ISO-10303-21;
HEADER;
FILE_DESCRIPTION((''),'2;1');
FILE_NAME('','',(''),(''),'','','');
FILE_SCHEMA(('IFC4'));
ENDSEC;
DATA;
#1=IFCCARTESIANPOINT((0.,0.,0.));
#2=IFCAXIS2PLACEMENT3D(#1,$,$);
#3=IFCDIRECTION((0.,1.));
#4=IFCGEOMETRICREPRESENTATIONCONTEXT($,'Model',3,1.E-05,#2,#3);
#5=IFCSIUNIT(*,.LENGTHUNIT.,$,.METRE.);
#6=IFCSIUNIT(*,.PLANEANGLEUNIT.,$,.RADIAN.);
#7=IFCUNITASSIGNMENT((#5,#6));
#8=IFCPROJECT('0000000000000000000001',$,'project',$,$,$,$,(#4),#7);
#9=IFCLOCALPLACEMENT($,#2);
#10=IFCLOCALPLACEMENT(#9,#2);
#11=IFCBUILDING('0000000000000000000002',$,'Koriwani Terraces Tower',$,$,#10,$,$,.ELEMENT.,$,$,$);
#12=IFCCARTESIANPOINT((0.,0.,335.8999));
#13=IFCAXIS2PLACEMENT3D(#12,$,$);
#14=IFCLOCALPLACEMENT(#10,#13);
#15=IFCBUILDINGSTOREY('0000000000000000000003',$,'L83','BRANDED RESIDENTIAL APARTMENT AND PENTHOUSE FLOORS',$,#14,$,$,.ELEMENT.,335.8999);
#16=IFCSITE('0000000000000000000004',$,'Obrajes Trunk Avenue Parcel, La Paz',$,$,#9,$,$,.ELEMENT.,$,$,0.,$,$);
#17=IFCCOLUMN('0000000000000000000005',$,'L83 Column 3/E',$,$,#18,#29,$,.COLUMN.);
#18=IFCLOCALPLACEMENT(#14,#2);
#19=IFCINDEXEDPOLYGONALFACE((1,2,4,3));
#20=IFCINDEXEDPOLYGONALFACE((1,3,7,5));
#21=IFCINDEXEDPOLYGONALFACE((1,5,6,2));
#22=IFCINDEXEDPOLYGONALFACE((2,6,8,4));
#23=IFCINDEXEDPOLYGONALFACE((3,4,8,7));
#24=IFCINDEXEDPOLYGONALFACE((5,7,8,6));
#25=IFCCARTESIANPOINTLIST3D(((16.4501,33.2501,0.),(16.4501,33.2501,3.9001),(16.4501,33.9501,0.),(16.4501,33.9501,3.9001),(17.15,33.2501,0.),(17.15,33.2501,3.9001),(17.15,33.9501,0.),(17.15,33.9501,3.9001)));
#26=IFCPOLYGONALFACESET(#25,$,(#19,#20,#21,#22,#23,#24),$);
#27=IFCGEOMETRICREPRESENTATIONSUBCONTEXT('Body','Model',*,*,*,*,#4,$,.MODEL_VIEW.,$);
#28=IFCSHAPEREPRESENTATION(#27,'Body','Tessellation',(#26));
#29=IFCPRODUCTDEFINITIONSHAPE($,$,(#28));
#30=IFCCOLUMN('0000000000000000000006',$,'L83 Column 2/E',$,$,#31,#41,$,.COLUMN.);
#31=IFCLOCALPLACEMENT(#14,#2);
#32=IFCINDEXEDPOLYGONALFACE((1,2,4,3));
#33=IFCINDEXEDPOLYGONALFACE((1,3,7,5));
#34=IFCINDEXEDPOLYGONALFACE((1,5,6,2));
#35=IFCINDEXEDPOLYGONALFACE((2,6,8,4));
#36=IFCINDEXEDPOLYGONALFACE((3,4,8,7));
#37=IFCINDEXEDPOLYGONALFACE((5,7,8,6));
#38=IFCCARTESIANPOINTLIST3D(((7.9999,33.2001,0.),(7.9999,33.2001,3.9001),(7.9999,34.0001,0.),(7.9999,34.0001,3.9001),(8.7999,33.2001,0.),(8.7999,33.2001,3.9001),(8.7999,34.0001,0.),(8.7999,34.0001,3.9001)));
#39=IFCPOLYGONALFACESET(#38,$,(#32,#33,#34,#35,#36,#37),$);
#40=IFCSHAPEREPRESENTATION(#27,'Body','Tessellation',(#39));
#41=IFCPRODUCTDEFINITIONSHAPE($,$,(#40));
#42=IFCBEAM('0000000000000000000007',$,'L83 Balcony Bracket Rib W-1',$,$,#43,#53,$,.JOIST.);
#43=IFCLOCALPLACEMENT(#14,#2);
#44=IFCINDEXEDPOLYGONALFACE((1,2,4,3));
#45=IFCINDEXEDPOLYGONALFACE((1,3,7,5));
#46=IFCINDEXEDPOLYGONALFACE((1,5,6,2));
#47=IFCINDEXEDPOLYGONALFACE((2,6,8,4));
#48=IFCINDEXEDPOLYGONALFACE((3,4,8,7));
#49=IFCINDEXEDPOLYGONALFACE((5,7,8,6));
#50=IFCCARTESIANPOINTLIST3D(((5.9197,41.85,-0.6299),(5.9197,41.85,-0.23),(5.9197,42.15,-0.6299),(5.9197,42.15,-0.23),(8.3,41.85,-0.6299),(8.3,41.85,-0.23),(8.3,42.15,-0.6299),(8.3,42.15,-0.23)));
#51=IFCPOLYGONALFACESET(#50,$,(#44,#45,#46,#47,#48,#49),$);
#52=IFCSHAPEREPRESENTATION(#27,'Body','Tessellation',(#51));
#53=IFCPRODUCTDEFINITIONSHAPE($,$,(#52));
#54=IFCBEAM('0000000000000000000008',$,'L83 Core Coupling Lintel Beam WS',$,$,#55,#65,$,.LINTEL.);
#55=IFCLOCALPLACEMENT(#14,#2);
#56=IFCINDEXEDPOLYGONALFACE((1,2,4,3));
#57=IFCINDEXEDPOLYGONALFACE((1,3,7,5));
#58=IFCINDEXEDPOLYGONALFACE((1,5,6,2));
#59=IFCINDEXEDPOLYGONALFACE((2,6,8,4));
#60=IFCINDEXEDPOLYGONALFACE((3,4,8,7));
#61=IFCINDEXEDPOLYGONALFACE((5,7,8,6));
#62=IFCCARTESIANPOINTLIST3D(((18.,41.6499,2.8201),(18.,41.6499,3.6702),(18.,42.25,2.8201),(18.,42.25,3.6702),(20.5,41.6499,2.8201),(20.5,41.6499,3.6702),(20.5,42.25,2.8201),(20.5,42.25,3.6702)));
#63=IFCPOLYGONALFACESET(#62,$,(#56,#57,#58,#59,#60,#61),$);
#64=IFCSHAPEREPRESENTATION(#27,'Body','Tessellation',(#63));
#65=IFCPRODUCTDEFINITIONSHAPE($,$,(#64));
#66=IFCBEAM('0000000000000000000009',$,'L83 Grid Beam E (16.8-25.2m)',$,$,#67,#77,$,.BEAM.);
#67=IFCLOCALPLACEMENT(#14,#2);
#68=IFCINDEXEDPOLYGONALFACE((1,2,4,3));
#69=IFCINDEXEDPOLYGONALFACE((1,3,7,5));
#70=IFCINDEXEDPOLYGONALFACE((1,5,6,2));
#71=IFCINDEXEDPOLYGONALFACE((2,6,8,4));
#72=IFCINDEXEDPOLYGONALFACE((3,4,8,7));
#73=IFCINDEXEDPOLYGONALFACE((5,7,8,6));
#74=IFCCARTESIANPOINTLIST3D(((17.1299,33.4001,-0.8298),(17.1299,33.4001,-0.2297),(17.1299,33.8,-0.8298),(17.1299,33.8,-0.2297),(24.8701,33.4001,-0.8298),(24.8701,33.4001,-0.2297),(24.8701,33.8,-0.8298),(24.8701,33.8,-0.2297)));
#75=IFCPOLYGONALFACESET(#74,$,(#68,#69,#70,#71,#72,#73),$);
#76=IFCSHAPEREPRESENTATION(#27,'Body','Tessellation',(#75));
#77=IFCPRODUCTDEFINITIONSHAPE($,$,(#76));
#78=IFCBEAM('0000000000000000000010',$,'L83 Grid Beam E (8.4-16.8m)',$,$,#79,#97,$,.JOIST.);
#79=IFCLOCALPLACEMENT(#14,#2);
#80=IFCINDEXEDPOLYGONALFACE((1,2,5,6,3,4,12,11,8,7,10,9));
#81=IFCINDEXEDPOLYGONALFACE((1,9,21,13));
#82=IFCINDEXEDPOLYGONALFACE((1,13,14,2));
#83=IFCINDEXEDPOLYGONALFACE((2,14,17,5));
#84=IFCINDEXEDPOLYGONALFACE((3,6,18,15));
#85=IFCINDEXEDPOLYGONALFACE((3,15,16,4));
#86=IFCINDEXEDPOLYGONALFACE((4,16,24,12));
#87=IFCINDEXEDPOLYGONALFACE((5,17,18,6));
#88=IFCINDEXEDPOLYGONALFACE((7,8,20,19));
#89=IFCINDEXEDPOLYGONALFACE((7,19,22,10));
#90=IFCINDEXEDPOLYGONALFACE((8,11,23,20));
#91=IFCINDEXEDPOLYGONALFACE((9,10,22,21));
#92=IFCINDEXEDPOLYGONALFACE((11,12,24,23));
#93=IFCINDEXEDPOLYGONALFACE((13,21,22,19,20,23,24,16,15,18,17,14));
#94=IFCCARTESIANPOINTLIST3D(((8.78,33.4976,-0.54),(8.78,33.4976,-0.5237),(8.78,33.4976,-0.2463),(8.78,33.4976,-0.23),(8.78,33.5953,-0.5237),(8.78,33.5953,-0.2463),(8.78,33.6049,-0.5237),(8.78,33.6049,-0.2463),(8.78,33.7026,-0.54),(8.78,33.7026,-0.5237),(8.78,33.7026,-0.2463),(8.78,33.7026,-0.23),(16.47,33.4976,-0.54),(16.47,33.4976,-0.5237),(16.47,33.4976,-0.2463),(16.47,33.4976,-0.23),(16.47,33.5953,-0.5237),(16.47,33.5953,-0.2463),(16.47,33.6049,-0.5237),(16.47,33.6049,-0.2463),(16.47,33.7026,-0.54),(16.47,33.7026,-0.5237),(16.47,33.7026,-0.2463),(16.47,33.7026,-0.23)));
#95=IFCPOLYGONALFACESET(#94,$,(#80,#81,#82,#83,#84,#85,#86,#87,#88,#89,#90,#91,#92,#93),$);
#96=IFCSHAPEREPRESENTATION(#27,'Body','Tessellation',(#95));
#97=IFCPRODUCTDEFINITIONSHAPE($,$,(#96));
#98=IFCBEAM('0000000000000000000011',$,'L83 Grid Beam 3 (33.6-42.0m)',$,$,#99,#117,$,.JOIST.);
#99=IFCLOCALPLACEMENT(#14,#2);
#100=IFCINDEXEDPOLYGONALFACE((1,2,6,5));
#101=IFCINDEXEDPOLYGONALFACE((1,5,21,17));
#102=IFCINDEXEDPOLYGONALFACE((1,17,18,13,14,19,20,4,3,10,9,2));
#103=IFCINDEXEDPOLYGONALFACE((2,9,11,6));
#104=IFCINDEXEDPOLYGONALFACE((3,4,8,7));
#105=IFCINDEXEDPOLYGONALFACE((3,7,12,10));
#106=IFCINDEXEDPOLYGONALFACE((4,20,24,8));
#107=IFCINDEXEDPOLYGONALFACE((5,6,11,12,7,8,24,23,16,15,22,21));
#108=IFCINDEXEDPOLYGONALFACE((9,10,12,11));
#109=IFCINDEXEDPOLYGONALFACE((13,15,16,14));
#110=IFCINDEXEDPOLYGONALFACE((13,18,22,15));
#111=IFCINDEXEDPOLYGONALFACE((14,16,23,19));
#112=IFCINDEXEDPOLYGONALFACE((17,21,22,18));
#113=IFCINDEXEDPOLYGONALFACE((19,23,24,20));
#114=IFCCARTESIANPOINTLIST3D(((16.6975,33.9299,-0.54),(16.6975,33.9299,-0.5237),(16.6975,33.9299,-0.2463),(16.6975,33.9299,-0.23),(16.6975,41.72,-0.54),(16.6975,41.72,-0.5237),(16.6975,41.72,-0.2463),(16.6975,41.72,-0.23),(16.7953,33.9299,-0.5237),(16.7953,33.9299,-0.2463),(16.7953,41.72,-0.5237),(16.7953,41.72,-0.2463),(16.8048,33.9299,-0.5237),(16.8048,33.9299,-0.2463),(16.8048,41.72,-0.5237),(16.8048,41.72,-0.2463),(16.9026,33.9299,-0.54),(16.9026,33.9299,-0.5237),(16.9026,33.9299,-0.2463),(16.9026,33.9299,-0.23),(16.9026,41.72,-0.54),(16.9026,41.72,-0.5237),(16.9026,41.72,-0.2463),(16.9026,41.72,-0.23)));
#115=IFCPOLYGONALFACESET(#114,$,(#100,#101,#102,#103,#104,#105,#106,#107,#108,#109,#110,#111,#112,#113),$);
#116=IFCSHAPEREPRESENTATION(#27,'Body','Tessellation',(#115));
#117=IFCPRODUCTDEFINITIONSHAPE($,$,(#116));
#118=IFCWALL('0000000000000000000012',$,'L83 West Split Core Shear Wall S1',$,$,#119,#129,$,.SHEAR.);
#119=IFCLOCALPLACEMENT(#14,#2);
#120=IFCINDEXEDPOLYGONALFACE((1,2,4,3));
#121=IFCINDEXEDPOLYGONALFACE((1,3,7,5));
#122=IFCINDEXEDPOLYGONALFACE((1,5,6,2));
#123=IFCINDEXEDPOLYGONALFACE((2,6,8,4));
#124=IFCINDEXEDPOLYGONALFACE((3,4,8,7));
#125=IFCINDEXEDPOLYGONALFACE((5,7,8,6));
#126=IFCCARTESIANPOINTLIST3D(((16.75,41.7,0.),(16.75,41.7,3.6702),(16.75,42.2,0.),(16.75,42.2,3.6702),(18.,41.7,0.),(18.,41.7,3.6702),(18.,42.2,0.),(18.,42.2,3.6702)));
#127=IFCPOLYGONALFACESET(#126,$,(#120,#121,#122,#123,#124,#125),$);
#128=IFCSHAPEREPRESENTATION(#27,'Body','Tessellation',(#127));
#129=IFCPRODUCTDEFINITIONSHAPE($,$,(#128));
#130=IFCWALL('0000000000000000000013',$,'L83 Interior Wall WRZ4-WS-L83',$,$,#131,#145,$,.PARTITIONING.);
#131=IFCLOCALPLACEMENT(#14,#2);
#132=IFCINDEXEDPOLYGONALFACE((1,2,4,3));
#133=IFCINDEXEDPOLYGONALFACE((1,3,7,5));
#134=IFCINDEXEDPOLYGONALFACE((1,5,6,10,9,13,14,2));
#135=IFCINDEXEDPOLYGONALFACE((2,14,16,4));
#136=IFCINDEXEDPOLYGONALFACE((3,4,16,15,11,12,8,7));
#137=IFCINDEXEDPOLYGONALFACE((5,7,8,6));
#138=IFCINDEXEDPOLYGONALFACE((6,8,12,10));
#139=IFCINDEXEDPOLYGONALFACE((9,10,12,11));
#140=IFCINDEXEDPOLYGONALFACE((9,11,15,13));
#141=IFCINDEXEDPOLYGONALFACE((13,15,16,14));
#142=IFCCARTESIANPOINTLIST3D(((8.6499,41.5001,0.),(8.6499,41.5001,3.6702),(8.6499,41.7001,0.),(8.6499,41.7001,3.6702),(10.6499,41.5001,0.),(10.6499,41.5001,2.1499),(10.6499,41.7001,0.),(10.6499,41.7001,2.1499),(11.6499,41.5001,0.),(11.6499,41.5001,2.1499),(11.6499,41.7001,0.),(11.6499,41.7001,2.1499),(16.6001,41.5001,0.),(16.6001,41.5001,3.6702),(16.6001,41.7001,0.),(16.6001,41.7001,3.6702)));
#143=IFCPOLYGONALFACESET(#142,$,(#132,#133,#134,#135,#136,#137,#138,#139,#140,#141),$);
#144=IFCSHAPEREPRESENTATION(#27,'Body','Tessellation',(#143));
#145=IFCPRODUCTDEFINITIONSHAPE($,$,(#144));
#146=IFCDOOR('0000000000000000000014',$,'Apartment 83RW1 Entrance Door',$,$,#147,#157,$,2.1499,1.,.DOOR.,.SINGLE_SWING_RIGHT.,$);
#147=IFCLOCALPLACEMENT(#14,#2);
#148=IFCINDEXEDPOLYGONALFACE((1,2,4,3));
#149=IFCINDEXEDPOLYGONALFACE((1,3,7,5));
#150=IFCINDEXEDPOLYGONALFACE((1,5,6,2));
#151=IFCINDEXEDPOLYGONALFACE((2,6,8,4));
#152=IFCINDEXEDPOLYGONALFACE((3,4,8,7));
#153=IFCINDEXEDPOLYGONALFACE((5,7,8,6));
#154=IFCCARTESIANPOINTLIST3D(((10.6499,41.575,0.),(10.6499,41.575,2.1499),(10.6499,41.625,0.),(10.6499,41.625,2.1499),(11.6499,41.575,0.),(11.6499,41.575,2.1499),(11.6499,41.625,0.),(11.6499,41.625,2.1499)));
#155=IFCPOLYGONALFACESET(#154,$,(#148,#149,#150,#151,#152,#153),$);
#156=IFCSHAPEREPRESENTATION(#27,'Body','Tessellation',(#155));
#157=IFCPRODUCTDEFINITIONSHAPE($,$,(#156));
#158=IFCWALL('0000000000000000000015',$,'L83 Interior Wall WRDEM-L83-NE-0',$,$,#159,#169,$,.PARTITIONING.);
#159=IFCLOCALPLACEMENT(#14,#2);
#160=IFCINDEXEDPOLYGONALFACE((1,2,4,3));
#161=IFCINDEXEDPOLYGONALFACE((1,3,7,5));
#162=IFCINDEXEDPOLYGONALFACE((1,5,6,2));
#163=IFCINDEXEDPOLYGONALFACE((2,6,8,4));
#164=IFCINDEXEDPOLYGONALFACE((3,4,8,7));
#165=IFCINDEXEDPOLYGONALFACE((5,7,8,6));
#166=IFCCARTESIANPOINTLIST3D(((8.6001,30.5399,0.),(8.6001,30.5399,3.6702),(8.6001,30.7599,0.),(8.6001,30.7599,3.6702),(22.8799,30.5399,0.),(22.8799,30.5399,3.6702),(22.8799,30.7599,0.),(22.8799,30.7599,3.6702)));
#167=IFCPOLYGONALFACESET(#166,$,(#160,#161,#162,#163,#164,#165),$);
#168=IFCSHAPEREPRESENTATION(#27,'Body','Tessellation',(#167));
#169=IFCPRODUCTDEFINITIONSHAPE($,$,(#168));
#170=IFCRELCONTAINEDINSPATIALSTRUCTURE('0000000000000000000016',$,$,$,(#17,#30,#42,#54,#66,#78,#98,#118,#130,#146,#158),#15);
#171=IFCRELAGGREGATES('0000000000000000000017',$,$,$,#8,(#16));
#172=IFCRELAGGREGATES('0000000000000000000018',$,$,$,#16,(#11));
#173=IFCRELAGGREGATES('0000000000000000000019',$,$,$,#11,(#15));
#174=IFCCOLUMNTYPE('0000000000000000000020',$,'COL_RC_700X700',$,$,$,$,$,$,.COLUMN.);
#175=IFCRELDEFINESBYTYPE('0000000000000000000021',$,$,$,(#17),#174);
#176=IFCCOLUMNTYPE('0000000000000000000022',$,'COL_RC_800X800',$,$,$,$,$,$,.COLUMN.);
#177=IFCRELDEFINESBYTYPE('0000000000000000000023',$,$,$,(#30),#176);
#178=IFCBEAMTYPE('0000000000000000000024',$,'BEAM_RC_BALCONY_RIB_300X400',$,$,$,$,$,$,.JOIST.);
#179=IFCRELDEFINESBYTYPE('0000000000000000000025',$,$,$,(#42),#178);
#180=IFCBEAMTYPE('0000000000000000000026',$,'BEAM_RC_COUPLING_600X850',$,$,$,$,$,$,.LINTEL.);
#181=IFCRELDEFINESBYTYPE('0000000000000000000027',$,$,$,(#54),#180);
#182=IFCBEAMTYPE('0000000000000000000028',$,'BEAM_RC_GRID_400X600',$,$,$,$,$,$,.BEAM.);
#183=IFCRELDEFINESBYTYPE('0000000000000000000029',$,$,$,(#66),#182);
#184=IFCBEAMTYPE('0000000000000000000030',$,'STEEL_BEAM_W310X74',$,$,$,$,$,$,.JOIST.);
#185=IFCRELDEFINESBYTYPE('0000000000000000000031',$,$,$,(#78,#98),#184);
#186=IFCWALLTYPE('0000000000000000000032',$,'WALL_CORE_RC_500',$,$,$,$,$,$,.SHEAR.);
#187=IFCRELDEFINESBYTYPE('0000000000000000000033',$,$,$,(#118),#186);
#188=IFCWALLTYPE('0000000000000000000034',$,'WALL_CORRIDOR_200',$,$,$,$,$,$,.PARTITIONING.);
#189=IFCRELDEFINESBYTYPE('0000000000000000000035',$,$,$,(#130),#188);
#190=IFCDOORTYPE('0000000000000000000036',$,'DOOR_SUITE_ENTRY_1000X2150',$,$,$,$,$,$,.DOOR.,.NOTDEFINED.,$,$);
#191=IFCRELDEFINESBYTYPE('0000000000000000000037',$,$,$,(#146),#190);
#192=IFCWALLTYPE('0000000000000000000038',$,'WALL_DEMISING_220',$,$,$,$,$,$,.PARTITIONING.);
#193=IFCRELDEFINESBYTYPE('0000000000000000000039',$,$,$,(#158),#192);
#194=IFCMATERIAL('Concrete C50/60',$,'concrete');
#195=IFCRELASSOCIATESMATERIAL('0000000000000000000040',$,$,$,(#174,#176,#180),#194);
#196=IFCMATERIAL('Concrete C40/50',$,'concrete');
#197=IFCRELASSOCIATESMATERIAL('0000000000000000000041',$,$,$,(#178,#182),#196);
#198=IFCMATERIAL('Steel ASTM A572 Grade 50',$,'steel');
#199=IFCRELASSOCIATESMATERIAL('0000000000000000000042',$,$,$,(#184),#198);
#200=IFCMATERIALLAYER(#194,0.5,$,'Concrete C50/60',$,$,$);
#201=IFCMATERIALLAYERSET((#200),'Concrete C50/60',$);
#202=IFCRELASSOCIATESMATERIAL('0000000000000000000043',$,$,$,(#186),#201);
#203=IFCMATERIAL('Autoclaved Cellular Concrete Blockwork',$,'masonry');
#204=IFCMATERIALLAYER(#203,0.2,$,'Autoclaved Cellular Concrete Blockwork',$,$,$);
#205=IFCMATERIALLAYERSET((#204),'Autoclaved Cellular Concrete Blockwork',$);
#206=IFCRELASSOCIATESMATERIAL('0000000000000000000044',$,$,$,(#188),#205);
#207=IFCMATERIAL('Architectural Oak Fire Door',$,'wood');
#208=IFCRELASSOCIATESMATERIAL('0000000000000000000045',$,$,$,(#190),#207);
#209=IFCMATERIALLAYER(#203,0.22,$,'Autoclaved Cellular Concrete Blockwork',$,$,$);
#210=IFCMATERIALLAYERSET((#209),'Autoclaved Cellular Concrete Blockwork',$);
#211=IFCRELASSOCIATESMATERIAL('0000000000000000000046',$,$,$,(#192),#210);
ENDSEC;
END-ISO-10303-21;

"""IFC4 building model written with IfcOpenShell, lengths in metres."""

from ifc_helpers import new_model, si_unit, direction, frame, frame_2d, origin, origin_2d, place, context, subcontext, project, spatial, rectangle, i_section, extrude, material, layer, layer_set, material_profile, profile_set, type_object, element, fill, save


model = new_model("IFC4")

# Units and contexts
model_context = context("Model", 3, precision=1e-05, world=origin(), true_north=direction((0.0, 1.0)))
body_context = subcontext(model_context, "Body", "Model", "MODEL_VIEW")
ifc_project = project(units=[si_unit("LENGTHUNIT", "METRE"), si_unit("PLANEANGLEUNIT", "RADIAN")], contexts=[model_context])

# Site, building, storey
site_placement = place(None, origin())
site = spatial("IfcSite", under=ifc_project, at=site_placement, Name="Obrajes Trunk Avenue Parcel, La Paz", CompositionType="ELEMENT", RefElevation=0.0)
building_placement = place(site_placement, origin())
building = spatial("IfcBuilding", under=site, at=building_placement, Name="Koriwani Terraces Tower", CompositionType="ELEMENT")
storey_placement = place(building_placement, frame((0.0, 0.0, 335.8999)))
storey = spatial("IfcBuildingStorey", under=building, at=storey_placement, Name="L83", Description="BRANDED RESIDENTIAL APARTMENT AND PENTHOUSE FLOORS", CompositionType="ELEMENT", Elevation=335.8999)

# Columns
ifc_material_1 = material(Name="Concrete C50/60", Category="concrete")
ifc_material_profile_1 = material_profile(ifc_material_1, rectangle(XDim=0.7, YDim=0.7, at=origin_2d()), Name="Concrete C50/60", Category="LoadBearing")
ifc_profile_set_1 = profile_set([ifc_material_profile_1], Name="Concrete C50/60")
column_type_1 = type_object("IfcColumnType", Name="COL_RC_700X700", PredefinedType="COLUMN", material=ifc_profile_set_1)
column_1_placement = place(storey_placement, frame((16.8, 33.6001, 0.0), z_axis=(0.0, 0.0, 1.0), x_axis=(1.0, 0.0, 0.0)))
element("IfcColumn", 1, at=column_1_placement, inside=storey, type_object=column_type_1, Name="L83 Column 3/E", PredefinedType="COLUMN", context=body_context, shape_type="SweptSolid", body=[
    extrude(rectangle(XDim=0.7, YDim=0.7, at=origin_2d()), origin(), (0.0, 0.0, 1.0), 3.9001),
])
ifc_material_profile_2 = material_profile(ifc_material_1, rectangle(XDim=0.8, YDim=0.8, at=origin_2d()), Name="Concrete C50/60", Category="LoadBearing")
ifc_profile_set_2 = profile_set([ifc_material_profile_2], Name="Concrete C50/60")
column_type_2 = type_object("IfcColumnType", Name="COL_RC_800X800", PredefinedType="COLUMN", material=ifc_profile_set_2)
column_2_placement = place(storey_placement, frame((8.3999, 33.6001, 0.0), z_axis=(0.0, 0.0, 1.0), x_axis=(1.0, 0.0, 0.0)))
element("IfcColumn", 2, at=column_2_placement, inside=storey, type_object=column_type_2, Name="L83 Column 2/E", PredefinedType="COLUMN", context=body_context, shape_type="SweptSolid", body=[
    extrude(rectangle(XDim=0.8, YDim=0.8, at=origin_2d()), origin(), (0.0, 0.0, 1.0), 3.9001),
])

# Beams
ifc_material_2 = material(Name="Concrete C40/50", Category="concrete")
ifc_material_profile_3 = material_profile(ifc_material_2, rectangle(XDim=0.3, YDim=0.3999, at=origin_2d()), Name="Concrete C40/50", Category="LoadBearing")
ifc_profile_set_3 = profile_set([ifc_material_profile_3], Name="Concrete C40/50")
beam_type_1 = type_object("IfcBeamType", Name="BEAM_RC_BALCONY_RIB_300X400", PredefinedType="JOIST", material=ifc_profile_set_3)
beam_1_placement = place(storey_placement, frame((5.9197, 42.0, -0.4299), z_axis=(1.0, 0.0, 0.0), x_axis=(0.0, 1.0, 0.0)))
element("IfcBeam", 3, at=beam_1_placement, inside=storey, type_object=beam_type_1, Name="L83 Balcony Bracket Rib W-1", PredefinedType="JOIST", context=body_context, shape_type="SweptSolid", body=[
    extrude(rectangle(XDim=0.3, YDim=0.3999, at=origin_2d()), origin(), (0.0, 0.0, 1.0), 2.3804),
])
ifc_material_profile_4 = material_profile(ifc_material_1, rectangle(XDim=0.6001, YDim=0.8501, at=origin_2d()), Name="Concrete C50/60", Category="LoadBearing")
ifc_profile_set_4 = profile_set([ifc_material_profile_4], Name="Concrete C50/60")
beam_type_2 = type_object("IfcBeamType", Name="BEAM_RC_COUPLING_600X850", PredefinedType="LINTEL", material=ifc_profile_set_4)
beam_2_placement = place(storey_placement, frame((18.0, 41.95, 3.2451), z_axis=(1.0, 0.0, 0.0), x_axis=(0.0, 1.0, 0.0)))
element("IfcBeam", 4, at=beam_2_placement, inside=storey, type_object=beam_type_2, Name="L83 Core Coupling Lintel Beam WS", PredefinedType="LINTEL", context=body_context, shape_type="SweptSolid", body=[
    extrude(rectangle(XDim=0.6001, YDim=0.8501, at=origin_2d()), origin(), (0.0, 0.0, 1.0), 2.5),
])
ifc_material_profile_5 = material_profile(ifc_material_2, rectangle(XDim=0.3999, YDim=0.6001, at=origin_2d()), Name="Concrete C40/50", Category="LoadBearing")
ifc_profile_set_5 = profile_set([ifc_material_profile_5], Name="Concrete C40/50")
beam_type_3 = type_object("IfcBeamType", Name="BEAM_RC_GRID_400X600", PredefinedType="BEAM", material=ifc_profile_set_5)
beam_3_placement = place(storey_placement, frame((17.1299, 33.6001, -0.5298), z_axis=(1.0, 0.0, 0.0), x_axis=(0.0, 1.0, 0.0)))
element("IfcBeam", 5, at=beam_3_placement, inside=storey, type_object=beam_type_3, Name="L83 Grid Beam E (16.8-25.2m)", PredefinedType="BEAM", context=body_context, shape_type="SweptSolid", body=[
    extrude(rectangle(XDim=0.3999, YDim=0.6001, at=origin_2d()), origin(), (0.0, 0.0, 1.0), 7.7402),
])
ifc_material_3 = material(Name="Steel ASTM A572 Grade 50", Category="steel")
ifc_material_profile_6 = material_profile(ifc_material_3, i_section(OverallWidth=0.2051, OverallDepth=0.3101, WebThickness=0.0095, FlangeThickness=0.0164, at=origin_2d()), Name="Steel ASTM A572 Grade 50", Category="LoadBearing")
ifc_profile_set_6 = profile_set([ifc_material_profile_6], Name="Steel ASTM A572 Grade 50")
beam_type_4 = type_object("IfcBeamType", Name="STEEL_BEAM_W310X74", PredefinedType="JOIST", material=ifc_profile_set_6)
beam_4_placement = place(storey_placement, frame((8.78, 33.6001, -0.385), z_axis=(1.0, 0.0, 0.0), x_axis=(0.0, 1.0, 0.0)))
element("IfcBeam", 6, at=beam_4_placement, inside=storey, type_object=beam_type_4, Name="L83 Grid Beam E (8.4-16.8m)", PredefinedType="JOIST", context=body_context, shape_type="SweptSolid", body=[
    extrude(i_section(OverallWidth=0.2051, OverallDepth=0.3101, WebThickness=0.0095, FlangeThickness=0.0164, at=origin_2d()), origin(), (0.0, 0.0, 1.0), 7.6899),
])
beam_5_placement = place(storey_placement, frame((16.8, 33.9299, -0.385), z_axis=(0.0, 1.0, 0.0), x_axis=(-1.0, 0.0, 0.0)))
element("IfcBeam", 7, at=beam_5_placement, inside=storey, type_object=beam_type_4, Name="L83 Grid Beam 3 (33.6-42.0m)", PredefinedType="JOIST", context=body_context, shape_type="SweptSolid", body=[
    extrude(i_section(OverallWidth=0.2051, OverallDepth=0.3101, WebThickness=0.0095, FlangeThickness=0.0164, at=origin_2d()), origin(), (0.0, 0.0, 1.0), 7.79),
])

# Wall
ifc_layer_1 = layer(ifc_material_1, 0.5, Name="Concrete C50/60")
ifc_layer_set_1 = layer_set([ifc_layer_1], Name="Concrete C50/60")
wall_type_1 = type_object("IfcWallType", Name="WALL_CORE_RC_500", PredefinedType="SHEAR", material=ifc_layer_set_1)
wall_1_placement = place(storey_placement, frame((16.75, 41.95, 0.0), z_axis=(0.0, 0.0, 1.0), x_axis=(1.0, 0.0, 0.0)))
element("IfcWall", 8, at=wall_1_placement, inside=storey, type_object=wall_type_1, Name="L83 West Split Core Shear Wall S1", PredefinedType="SHEAR", context=body_context, shape_type="SweptSolid", body=[
    extrude(rectangle(XDim=1.25, YDim=0.5, at=frame_2d((0.625, 0.0))), origin(), (0.0, 0.0, 1.0), 3.6702),
])

# Wall, opening, door
ifc_material_4 = material(Name="Autoclaved Cellular Concrete Blockwork", Category="masonry")
ifc_layer_2 = layer(ifc_material_4, 0.2, Name="Autoclaved Cellular Concrete Blockwork")
ifc_layer_set_2 = layer_set([ifc_layer_2], Name="Autoclaved Cellular Concrete Blockwork")
wall_type_2 = type_object("IfcWallType", Name="WALL_CORRIDOR_200", PredefinedType="PARTITIONING", material=ifc_layer_set_2)
wall_2_placement = place(storey_placement, frame((8.6499, 41.6001, 0.0), z_axis=(0.0, 0.0, 1.0), x_axis=(1.0, 0.0, 0.0)))
wall_2 = element("IfcWall", 9, at=wall_2_placement, inside=storey, type_object=wall_type_2, Name="L83 Interior Wall WRZ4-WS-L83", PredefinedType="PARTITIONING", context=body_context, shape_type="SweptSolid", body=[
    extrude(rectangle(XDim=7.9502, YDim=0.2, at=frame_2d((3.9751, 0.0))), origin(), (0.0, 0.0, 1.0), 3.6702),
])
opening_1_placement = place(wall_2_placement, frame((2.0, 0.0, 0.0)))
opening_1 = element("IfcOpeningElement", 10, at=opening_1_placement, cuts=wall_2, PredefinedType="OPENING", context=body_context, shape_type="SweptSolid", body=[
    extrude(rectangle(XDim=1.0, YDim=2.1499, at=frame_2d((0.5, 1.075))), frame((0.0, 0.1099, 0.0), z_axis=(0.0, -1.0, 0.0), x_axis=(1.0, 0.0, 0.0)), (0.0, 0.0, 1.0), 0.22),
])
ifc_material_5 = material(Name="Architectural Oak Fire Door", Category="wood")
door_type_1 = type_object("IfcDoorType", Name="DOOR_SUITE_ENTRY_1000X2150", OperationType="NOTDEFINED", PredefinedType="DOOR", material=ifc_material_5)
door_1_placement = place(opening_1_placement, origin())
door_1 = element("IfcDoor", 11, at=door_1_placement, inside=storey, type_object=door_type_1, Name="Apartment 83RW1 Entrance Door", OperationType="SINGLE_SWING_RIGHT", OverallHeight=2.1499, OverallWidth=1.0, PredefinedType="DOOR", context=body_context, shape_type="SweptSolid", body=[
    extrude(rectangle(XDim=1.0, YDim=2.1499, at=frame_2d((0.5, 1.075))), frame((0.0, 0.0249, 0.0), z_axis=(0.0, -1.0, 0.0), x_axis=(1.0, 0.0, 0.0)), (0.0, 0.0, 1.0), 0.05),
])
fill(opening_1, door_1)

# Wall
ifc_layer_3 = layer(ifc_material_4, 0.22, Name="Autoclaved Cellular Concrete Blockwork")
ifc_layer_set_3 = layer_set([ifc_layer_3], Name="Autoclaved Cellular Concrete Blockwork")
wall_type_3 = type_object("IfcWallType", Name="WALL_DEMISING_220", PredefinedType="PARTITIONING", material=ifc_layer_set_3)
for number, where, z_axis, x_axis, name in (
    (12, (8.6001, 30.6499, 0.0), (0.0, 0.0, 1.0), (1.0, 0.0, 0.0), "L83 Interior Wall WRDEM-L83-NE-0"),
):
    element("IfcWall", number, at=place(storey_placement, frame(where, z_axis=z_axis, x_axis=x_axis)), inside=storey, type_object=wall_type_3, Name=name, PredefinedType="PARTITIONING", context=body_context, shape_type="SweptSolid", body=[
        extrude(rectangle(XDim=14.2798, YDim=0.22, at=frame_2d((7.1399, 0.0))), origin(), (0.0, 0.0, 1.0), 3.6702),
    ])

save(model, "model.ifc")
